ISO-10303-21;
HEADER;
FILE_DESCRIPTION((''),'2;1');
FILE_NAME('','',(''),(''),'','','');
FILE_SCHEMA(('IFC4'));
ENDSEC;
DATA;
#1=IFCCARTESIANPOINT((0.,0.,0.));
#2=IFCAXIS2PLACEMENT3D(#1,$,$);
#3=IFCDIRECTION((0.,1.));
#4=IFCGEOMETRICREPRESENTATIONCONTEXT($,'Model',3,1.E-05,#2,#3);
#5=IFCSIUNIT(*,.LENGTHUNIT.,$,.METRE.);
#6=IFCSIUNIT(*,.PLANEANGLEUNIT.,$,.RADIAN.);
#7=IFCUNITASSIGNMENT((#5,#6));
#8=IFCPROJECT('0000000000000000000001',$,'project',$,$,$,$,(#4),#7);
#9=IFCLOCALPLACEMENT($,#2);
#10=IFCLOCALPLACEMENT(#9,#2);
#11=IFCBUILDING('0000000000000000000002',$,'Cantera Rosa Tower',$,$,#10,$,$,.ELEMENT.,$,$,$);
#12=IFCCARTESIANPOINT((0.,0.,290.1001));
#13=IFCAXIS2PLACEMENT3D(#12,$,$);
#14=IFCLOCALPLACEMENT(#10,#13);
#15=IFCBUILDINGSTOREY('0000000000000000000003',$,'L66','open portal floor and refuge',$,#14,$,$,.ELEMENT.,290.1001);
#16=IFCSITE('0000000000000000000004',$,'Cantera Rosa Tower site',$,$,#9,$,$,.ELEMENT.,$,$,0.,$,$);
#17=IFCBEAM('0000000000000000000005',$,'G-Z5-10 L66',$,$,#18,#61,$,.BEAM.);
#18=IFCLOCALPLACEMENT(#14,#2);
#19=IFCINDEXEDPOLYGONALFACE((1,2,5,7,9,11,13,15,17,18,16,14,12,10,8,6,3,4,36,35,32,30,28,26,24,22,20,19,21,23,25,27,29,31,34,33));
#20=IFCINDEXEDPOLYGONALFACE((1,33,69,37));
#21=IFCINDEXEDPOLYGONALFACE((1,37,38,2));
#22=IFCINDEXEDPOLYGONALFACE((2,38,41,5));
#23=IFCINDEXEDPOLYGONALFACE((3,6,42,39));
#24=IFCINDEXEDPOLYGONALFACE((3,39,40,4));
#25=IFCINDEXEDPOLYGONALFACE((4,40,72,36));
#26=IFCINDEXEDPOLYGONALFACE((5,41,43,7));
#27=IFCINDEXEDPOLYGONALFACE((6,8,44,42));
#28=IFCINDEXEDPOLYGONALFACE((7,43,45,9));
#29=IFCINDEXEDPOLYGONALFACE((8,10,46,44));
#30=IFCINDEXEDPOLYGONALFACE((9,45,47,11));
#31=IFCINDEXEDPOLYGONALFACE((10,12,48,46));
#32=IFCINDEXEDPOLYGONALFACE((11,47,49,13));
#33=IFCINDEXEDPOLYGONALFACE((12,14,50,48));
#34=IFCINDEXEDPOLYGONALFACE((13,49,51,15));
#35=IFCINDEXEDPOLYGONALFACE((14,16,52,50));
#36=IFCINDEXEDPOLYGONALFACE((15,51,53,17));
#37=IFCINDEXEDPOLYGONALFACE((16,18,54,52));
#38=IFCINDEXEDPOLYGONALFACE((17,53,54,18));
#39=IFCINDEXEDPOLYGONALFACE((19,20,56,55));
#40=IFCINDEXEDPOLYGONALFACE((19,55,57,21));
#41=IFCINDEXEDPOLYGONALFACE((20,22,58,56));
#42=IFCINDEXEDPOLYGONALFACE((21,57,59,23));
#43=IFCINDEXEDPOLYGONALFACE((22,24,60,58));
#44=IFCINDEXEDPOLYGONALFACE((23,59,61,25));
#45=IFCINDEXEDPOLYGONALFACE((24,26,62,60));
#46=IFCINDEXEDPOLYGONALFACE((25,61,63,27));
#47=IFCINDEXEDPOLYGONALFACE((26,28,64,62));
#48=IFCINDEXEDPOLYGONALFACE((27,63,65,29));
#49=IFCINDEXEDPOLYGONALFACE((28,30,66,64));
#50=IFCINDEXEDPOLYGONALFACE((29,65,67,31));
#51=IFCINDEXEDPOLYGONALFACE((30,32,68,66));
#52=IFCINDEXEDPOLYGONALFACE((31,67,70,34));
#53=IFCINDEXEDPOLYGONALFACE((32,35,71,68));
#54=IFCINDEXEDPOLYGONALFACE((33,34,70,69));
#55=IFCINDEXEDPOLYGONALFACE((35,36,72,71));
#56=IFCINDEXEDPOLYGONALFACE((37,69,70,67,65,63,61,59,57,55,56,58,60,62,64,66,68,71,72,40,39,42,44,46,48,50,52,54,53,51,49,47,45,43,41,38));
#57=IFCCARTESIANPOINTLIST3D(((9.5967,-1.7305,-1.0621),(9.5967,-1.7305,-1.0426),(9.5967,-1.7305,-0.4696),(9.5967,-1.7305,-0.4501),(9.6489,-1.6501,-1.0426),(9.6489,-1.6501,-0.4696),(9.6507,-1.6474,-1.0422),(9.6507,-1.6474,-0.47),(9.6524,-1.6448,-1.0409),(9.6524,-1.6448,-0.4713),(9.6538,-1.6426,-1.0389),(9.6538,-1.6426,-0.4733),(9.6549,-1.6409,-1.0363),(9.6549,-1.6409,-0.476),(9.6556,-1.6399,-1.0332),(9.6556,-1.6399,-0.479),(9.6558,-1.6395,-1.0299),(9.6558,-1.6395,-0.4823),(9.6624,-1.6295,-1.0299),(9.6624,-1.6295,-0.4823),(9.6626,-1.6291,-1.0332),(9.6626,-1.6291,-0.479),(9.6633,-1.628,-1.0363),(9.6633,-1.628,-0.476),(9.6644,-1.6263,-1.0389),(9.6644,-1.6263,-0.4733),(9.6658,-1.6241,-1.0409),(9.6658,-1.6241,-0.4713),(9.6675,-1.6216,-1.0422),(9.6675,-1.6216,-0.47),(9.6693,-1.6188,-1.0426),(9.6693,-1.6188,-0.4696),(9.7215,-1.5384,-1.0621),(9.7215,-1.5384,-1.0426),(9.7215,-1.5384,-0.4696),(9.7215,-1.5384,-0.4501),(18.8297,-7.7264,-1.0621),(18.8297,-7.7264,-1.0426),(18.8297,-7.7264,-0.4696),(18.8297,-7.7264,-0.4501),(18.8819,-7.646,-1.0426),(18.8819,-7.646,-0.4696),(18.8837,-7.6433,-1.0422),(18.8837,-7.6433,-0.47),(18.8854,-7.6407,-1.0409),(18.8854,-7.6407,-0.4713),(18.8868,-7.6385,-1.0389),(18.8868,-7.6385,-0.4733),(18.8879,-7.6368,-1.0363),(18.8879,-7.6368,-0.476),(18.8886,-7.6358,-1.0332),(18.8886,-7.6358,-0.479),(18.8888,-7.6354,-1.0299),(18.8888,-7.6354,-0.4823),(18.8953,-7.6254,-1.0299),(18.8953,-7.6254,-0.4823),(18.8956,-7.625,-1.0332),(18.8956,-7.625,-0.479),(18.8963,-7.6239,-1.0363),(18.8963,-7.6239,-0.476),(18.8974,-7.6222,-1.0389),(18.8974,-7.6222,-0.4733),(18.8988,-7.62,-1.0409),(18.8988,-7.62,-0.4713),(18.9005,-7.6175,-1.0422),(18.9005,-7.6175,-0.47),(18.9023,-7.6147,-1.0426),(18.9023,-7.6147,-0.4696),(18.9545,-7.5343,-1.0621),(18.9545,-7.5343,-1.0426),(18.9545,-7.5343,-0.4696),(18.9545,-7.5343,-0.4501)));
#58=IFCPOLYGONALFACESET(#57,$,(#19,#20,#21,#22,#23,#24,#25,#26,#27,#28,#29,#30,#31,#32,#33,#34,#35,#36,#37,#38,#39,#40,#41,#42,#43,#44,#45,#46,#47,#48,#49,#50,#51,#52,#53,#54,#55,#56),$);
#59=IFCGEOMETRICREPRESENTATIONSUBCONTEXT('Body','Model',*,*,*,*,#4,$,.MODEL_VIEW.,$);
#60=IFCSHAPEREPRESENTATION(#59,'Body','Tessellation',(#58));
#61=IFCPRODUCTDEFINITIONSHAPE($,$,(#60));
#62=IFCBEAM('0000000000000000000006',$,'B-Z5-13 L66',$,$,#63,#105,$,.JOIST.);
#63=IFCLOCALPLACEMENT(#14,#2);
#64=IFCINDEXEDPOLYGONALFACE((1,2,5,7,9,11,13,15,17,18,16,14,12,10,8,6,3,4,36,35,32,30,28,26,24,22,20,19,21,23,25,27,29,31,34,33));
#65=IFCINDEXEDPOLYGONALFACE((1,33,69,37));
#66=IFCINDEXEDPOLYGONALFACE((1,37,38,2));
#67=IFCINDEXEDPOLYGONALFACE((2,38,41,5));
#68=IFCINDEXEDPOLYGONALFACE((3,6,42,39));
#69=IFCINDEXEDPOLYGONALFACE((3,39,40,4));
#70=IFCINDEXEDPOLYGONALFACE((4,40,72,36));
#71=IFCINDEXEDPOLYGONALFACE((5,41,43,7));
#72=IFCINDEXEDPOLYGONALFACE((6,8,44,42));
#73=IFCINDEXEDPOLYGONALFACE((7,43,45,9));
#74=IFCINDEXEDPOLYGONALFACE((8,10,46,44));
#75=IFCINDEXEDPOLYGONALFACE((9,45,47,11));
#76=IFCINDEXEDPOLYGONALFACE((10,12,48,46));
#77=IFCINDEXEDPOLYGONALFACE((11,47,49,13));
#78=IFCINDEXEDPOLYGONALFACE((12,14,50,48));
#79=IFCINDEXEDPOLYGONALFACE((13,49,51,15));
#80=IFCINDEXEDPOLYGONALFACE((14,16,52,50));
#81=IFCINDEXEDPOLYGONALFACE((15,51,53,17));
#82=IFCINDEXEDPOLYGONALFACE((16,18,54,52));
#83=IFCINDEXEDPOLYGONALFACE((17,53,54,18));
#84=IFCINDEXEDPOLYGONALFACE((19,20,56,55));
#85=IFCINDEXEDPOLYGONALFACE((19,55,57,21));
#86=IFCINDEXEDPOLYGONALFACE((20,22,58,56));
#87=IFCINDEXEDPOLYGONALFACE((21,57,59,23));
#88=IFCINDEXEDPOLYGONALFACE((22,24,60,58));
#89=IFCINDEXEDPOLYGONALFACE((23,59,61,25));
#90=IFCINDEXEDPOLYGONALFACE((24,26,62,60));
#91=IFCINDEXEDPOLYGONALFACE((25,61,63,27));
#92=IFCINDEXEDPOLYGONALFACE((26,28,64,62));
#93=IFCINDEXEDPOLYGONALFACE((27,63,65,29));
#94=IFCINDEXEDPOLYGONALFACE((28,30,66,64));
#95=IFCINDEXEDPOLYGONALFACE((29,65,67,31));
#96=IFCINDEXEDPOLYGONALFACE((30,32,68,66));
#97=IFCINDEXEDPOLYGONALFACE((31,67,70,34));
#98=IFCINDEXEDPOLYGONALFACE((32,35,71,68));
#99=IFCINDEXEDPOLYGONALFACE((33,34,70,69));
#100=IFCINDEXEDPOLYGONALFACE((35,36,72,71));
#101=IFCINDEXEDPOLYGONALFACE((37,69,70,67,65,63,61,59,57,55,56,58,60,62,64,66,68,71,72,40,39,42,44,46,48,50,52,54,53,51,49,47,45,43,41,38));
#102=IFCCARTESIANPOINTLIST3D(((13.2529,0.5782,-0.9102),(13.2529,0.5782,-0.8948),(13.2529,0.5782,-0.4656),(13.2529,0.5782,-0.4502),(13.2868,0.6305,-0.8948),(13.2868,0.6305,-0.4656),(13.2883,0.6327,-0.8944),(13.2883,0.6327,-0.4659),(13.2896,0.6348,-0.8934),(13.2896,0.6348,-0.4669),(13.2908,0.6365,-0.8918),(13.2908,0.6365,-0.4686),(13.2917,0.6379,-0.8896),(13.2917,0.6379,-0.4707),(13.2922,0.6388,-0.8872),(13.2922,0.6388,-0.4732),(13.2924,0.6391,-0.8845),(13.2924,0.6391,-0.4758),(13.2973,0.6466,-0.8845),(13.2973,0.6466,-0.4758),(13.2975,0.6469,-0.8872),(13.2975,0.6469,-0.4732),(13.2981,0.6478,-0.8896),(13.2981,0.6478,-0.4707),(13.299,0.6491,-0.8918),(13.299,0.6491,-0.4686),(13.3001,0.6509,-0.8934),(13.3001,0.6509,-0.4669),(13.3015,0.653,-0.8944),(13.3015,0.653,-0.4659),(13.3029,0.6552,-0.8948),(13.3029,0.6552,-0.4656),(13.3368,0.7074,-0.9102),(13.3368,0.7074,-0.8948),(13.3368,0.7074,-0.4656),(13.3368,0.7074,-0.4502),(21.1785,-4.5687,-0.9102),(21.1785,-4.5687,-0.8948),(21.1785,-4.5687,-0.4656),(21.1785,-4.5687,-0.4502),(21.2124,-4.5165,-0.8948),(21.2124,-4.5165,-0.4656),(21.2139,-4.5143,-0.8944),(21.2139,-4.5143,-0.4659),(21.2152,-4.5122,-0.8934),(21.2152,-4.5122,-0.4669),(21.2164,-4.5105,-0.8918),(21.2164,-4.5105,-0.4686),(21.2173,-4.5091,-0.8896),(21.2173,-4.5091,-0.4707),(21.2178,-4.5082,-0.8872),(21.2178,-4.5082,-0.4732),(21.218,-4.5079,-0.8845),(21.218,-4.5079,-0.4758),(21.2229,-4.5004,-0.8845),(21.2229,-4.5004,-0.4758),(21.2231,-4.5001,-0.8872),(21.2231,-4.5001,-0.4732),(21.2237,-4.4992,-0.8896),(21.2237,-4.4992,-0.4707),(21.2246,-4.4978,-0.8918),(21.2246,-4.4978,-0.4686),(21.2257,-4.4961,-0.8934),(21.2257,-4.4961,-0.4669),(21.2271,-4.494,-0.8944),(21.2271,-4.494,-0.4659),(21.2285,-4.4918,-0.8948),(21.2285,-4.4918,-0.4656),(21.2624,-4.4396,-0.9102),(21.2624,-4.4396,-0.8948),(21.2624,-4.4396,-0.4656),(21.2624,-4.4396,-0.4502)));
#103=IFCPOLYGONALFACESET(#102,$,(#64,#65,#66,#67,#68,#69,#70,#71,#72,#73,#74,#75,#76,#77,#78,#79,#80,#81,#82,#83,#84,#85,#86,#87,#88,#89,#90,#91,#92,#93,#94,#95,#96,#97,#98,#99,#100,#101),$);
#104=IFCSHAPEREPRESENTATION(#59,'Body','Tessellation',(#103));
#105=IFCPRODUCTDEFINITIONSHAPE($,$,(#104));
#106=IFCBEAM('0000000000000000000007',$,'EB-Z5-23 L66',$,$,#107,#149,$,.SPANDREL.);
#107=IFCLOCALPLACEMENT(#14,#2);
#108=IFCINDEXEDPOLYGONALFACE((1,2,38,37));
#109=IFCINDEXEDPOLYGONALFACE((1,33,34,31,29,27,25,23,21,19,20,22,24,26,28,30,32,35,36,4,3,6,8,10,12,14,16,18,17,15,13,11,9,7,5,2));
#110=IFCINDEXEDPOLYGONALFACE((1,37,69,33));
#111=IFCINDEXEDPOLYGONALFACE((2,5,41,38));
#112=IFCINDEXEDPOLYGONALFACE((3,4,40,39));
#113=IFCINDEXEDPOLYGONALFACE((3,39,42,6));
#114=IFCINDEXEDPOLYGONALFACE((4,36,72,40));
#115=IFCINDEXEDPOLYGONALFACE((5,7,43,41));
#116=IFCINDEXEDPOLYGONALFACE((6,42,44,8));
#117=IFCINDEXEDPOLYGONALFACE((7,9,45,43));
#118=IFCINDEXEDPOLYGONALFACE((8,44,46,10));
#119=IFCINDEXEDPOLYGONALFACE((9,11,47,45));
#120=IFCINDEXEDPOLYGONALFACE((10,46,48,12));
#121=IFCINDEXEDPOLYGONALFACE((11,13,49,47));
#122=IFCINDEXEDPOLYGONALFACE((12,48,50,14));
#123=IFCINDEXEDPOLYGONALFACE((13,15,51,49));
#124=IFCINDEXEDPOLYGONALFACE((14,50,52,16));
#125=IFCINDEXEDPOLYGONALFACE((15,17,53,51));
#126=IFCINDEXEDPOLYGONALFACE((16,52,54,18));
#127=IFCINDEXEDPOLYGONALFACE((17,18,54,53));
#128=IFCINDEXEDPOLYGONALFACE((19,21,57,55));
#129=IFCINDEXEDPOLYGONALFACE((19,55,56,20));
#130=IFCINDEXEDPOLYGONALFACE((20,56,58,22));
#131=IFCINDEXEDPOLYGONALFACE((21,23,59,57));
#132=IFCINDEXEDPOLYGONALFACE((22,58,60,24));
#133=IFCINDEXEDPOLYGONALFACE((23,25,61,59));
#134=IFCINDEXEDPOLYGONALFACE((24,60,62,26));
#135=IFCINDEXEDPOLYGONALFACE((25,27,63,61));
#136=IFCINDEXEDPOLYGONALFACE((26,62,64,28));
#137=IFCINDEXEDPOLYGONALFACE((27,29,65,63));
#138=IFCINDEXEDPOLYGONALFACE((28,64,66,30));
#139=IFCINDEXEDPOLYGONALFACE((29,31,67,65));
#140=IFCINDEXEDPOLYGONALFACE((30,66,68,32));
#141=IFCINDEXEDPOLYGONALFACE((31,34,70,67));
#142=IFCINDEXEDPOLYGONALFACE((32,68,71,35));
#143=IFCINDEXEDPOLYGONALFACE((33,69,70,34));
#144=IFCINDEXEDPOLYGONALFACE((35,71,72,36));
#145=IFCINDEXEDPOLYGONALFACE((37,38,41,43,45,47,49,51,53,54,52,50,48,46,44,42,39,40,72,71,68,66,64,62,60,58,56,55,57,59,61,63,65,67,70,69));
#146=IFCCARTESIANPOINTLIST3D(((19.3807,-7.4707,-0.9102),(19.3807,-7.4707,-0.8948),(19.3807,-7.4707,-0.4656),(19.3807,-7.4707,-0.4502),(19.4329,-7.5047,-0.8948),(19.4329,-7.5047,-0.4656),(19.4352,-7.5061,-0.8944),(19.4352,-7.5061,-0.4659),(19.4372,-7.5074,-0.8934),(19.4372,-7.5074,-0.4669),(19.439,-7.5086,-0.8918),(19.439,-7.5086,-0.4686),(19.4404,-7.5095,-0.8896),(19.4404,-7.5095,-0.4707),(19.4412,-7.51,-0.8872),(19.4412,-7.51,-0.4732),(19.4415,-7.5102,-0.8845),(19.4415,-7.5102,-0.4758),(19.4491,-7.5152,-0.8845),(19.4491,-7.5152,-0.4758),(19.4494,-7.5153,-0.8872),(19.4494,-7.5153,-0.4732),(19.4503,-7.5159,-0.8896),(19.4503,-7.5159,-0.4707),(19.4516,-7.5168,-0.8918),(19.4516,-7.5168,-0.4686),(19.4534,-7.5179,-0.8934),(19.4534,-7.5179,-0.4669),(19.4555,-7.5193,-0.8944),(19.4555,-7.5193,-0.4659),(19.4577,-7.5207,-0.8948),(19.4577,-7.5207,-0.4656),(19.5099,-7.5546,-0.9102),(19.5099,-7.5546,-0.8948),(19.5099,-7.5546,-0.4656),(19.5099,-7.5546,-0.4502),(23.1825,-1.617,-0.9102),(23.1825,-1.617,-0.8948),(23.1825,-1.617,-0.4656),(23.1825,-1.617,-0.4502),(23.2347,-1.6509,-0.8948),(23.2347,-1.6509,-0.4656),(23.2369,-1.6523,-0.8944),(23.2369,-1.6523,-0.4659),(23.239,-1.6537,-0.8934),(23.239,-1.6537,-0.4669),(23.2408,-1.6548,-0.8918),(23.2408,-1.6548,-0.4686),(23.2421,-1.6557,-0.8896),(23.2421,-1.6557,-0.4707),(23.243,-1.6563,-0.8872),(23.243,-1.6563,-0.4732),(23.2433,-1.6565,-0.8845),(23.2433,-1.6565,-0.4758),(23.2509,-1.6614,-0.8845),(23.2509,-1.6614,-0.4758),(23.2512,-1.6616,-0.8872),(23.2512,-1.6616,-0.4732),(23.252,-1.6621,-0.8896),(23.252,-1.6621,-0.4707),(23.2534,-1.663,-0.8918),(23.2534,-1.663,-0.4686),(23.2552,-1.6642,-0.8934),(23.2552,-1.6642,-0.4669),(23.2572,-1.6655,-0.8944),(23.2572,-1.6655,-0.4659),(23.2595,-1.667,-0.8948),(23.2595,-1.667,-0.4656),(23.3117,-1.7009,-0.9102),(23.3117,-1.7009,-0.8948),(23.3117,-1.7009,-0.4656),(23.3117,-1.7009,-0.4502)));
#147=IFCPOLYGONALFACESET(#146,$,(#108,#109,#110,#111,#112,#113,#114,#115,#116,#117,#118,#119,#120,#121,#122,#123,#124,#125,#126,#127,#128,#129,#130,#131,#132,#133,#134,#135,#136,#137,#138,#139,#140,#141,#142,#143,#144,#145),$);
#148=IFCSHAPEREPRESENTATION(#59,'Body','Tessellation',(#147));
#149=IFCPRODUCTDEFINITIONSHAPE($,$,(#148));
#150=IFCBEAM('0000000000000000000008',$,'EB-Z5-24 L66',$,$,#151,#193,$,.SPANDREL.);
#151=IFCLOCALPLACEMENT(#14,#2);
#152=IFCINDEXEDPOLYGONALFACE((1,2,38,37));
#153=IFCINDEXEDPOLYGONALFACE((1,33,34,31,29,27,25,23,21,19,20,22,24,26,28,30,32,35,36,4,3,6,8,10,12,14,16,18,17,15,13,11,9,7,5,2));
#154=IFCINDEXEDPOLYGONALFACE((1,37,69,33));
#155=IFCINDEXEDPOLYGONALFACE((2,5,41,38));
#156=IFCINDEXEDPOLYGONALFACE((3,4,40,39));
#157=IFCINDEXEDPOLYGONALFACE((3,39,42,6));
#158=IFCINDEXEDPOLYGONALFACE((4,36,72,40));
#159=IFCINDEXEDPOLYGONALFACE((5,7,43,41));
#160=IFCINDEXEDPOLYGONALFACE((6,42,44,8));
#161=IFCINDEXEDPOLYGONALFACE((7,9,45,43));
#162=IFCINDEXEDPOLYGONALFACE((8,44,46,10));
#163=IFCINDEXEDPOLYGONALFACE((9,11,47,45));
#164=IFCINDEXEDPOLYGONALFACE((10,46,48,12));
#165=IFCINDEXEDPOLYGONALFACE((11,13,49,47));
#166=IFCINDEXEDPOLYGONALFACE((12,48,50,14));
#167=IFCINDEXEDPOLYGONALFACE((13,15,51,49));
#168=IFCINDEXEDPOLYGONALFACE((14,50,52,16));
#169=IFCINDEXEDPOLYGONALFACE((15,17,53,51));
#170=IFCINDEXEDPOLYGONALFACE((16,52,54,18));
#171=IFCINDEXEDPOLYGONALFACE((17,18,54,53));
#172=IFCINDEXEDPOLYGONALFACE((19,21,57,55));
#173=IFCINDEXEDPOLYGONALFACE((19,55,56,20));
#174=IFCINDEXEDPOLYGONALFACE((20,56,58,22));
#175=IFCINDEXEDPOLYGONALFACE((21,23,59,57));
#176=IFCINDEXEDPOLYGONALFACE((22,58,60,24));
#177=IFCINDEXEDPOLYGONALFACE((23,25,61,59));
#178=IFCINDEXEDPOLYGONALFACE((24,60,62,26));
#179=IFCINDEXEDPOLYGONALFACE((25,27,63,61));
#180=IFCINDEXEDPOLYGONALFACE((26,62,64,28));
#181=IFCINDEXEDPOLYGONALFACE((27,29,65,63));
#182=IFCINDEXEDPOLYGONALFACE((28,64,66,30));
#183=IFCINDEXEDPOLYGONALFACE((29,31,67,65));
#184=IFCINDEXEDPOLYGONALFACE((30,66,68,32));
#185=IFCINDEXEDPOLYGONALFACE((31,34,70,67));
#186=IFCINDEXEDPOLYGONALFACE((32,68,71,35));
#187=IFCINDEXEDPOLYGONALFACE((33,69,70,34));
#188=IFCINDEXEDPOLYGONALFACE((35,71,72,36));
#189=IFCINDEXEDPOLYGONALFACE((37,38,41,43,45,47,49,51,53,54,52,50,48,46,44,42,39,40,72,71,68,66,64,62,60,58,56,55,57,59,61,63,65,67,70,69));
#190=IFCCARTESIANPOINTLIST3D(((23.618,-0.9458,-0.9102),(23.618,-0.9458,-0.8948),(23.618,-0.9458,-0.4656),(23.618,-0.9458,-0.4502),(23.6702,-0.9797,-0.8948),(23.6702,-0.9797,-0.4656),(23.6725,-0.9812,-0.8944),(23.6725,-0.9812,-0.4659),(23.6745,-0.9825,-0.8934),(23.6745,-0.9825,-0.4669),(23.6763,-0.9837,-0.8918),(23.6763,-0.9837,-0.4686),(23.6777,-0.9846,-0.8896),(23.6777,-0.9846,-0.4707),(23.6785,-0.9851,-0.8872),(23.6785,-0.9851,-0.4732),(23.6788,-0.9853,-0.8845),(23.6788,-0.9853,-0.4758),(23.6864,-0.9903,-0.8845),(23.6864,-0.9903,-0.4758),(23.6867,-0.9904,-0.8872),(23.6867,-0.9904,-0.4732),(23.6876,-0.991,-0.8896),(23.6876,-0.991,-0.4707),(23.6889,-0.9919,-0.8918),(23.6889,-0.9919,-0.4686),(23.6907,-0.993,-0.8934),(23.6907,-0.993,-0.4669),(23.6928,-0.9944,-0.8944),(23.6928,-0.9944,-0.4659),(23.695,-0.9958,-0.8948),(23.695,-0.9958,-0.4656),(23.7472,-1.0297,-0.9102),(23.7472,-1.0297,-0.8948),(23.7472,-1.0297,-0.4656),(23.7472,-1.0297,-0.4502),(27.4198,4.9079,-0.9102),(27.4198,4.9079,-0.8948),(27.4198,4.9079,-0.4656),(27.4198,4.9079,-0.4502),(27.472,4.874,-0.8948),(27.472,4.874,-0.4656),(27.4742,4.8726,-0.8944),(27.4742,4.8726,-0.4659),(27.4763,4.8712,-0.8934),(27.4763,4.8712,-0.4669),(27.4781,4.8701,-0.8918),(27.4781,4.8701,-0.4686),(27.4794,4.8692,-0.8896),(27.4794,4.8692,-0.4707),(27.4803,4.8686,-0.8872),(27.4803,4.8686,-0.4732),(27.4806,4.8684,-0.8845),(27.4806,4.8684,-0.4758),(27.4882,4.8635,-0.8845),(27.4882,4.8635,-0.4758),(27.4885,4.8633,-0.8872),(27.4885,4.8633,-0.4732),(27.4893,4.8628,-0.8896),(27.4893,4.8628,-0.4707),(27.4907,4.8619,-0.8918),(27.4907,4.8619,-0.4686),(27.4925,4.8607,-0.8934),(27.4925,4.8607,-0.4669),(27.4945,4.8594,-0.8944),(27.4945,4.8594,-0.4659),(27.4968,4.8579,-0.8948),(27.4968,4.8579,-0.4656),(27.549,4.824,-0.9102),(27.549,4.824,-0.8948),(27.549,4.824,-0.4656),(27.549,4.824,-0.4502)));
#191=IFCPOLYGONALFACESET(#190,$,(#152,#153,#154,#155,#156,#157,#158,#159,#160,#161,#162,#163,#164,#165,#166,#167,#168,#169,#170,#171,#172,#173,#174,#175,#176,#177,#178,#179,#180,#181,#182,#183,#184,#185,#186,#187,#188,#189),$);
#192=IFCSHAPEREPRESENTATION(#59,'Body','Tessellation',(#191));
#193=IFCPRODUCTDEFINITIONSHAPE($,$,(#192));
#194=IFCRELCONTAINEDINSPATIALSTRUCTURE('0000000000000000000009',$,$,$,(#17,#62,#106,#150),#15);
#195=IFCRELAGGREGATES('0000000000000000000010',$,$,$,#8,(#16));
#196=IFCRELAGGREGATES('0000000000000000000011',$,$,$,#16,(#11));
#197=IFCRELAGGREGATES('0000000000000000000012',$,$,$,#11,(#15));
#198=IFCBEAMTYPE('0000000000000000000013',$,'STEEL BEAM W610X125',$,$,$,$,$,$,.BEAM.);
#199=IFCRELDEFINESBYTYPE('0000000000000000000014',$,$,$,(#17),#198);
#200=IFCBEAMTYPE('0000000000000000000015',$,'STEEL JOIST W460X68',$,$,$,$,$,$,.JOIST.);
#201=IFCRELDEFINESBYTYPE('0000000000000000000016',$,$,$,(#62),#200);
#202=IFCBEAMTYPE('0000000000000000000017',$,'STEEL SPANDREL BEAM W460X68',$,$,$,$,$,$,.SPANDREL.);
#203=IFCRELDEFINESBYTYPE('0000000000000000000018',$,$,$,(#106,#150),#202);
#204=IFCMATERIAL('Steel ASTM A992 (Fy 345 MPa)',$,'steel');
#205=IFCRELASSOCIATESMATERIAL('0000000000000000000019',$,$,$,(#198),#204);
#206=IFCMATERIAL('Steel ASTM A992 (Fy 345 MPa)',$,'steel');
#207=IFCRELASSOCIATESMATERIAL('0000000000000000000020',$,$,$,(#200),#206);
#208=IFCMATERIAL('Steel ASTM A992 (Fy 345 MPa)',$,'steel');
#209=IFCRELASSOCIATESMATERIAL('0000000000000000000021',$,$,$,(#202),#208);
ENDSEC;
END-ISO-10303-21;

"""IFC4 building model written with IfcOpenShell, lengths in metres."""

from ifc_helpers import new_model, si_unit, direction, frame, origin, origin_2d, place, context, subcontext, project, spatial, i_section, extrude, material, material_profile, profile_set, type_object, element, save


model = new_model("IFC4")

# Units and contexts
model_context = context("Model", 3, precision=1e-05, world=origin(), true_north=direction((0.0, 1.0)))
body_context = subcontext(model_context, "Body", "Model", "MODEL_VIEW")
ifc_project = project(units=[si_unit("LENGTHUNIT", "METRE"), si_unit("PLANEANGLEUNIT", "RADIAN")], contexts=[model_context])

# Site, building, storey
site_placement = place(None, origin())
site = spatial("IfcSite", under=ifc_project, at=site_placement, Name="Cantera Rosa Tower site", CompositionType="ELEMENT", RefElevation=0.0)
building_placement = place(site_placement, origin())
building = spatial("IfcBuilding", under=site, at=building_placement, Name="Cantera Rosa Tower", CompositionType="ELEMENT")
storey_placement = place(building_placement, frame((0.0, 0.0, 290.1001)))
storey = spatial("IfcBuildingStorey", under=building, at=storey_placement, Name="L66", Description="open portal floor and refuge", CompositionType="ELEMENT", Elevation=290.1001)

# Beams
ifc_material_1 = material(Name="Steel ASTM A992 (Fy 345 MPa)", Category="steel")
ifc_material_profile_1 = material_profile(ifc_material_1, i_section(OverallWidth=0.229, OverallDepth=0.6121, WebThickness=0.012, FlangeThickness=0.0195, FilletRadius=0.0127, at=origin_2d()), Name="W610X125")
ifc_profile_set_1 = profile_set([ifc_material_profile_1], Name="Steel ASTM A992 (Fy 345 MPa)")
beam_type_1 = type_object("IfcBeamType", Name="STEEL BEAM W610X125", PredefinedType="BEAM", material=ifc_profile_set_1)
beam_1_placement = place(storey_placement, frame((18.8921, -7.6304, -0.7561), z_axis=(-0.838674, 0.544634, 0.0), x_axis=(-0.544634, -0.838674, 0.0)))
element("IfcBeam", 1, at=beam_1_placement, inside=storey, type_object=beam_type_1, Name="G-Z5-10 L66", PredefinedType="BEAM", context=body_context, shape_type="SweptSolid", body=[
    extrude(i_section(OverallWidth=0.229, OverallDepth=0.6121, WebThickness=0.012, FlangeThickness=0.0195, FilletRadius=0.0127, at=origin_2d()), origin(), (0.0, 0.0, 1.0), 11.009),
])
ifc_material_2 = material(Name="Steel ASTM A992 (Fy 345 MPa)", Category="steel")
ifc_material_profile_2 = material_profile(ifc_material_2, i_section(OverallWidth=0.1541, OverallDepth=0.46, WebThickness=0.009, FlangeThickness=0.0154, FilletRadius=0.0103, at=origin_2d()), Name="W460X68")
ifc_profile_set_2 = profile_set([ifc_material_profile_2], Name="Steel ASTM A992 (Fy 345 MPa)")
beam_type_2 = type_object("IfcBeamType", Name="STEEL JOIST W460X68", PredefinedType="JOIST", material=ifc_profile_set_2)
beam_2_placement = place(storey_placement, frame((21.2205, -4.5042, -0.6802), z_axis=(-0.838667, 0.544644, 0.0), x_axis=(-0.544644, -0.838667, 0.0)))
element("IfcBeam", 2, at=beam_2_placement, inside=storey, type_object=beam_type_2, Name="B-Z5-13 L66", PredefinedType="JOIST", context=body_context, shape_type="SweptSolid", body=[
    extrude(i_section(OverallWidth=0.1541, OverallDepth=0.46, WebThickness=0.009, FlangeThickness=0.0154, FilletRadius=0.0103, at=origin_2d()), origin(), (0.0, 0.0, 1.0), 9.4502),
])
ifc_material_3 = material(Name="Steel ASTM A992 (Fy 345 MPa)", Category="steel")
ifc_material_profile_3 = material_profile(ifc_material_3, i_section(OverallWidth=0.1541, OverallDepth=0.46, WebThickness=0.009, FlangeThickness=0.0154, FilletRadius=0.0103, at=origin_2d()), Name="W460X68")
ifc_profile_set_3 = profile_set([ifc_material_profile_3], Name="Steel ASTM A992 (Fy 345 MPa)")
beam_type_3 = type_object("IfcBeamType", Name="STEEL SPANDREL BEAM W460X68", PredefinedType="SPANDREL", material=ifc_profile_set_3)
for number, where, z_axis, x_axis, name in (
    (3, (19.4453, -7.5127, -0.6802), (0.544667, 0.838652, 0.0), (-0.838652, 0.544667, 0.0), "EB-Z5-23 L66"),
    (4, (23.6826, -0.9878, -0.6802), (0.544667, 0.838652, 0.0), (-0.838652, 0.544667, 0.0), "EB-Z5-24 L66"),
):
    element("IfcBeam", number, at=place(storey_placement, frame(where, z_axis=z_axis, x_axis=x_axis)), inside=storey, type_object=beam_type_3, Name=name, PredefinedType="SPANDREL", context=body_context, shape_type="SweptSolid", body=[
        extrude(i_section(OverallWidth=0.1541, OverallDepth=0.46, WebThickness=0.009, FlangeThickness=0.0154, FilletRadius=0.0103, at=origin_2d()), origin(), (0.0, 0.0, 1.0), 6.98),
    ])

save(model, "model.ifc")
